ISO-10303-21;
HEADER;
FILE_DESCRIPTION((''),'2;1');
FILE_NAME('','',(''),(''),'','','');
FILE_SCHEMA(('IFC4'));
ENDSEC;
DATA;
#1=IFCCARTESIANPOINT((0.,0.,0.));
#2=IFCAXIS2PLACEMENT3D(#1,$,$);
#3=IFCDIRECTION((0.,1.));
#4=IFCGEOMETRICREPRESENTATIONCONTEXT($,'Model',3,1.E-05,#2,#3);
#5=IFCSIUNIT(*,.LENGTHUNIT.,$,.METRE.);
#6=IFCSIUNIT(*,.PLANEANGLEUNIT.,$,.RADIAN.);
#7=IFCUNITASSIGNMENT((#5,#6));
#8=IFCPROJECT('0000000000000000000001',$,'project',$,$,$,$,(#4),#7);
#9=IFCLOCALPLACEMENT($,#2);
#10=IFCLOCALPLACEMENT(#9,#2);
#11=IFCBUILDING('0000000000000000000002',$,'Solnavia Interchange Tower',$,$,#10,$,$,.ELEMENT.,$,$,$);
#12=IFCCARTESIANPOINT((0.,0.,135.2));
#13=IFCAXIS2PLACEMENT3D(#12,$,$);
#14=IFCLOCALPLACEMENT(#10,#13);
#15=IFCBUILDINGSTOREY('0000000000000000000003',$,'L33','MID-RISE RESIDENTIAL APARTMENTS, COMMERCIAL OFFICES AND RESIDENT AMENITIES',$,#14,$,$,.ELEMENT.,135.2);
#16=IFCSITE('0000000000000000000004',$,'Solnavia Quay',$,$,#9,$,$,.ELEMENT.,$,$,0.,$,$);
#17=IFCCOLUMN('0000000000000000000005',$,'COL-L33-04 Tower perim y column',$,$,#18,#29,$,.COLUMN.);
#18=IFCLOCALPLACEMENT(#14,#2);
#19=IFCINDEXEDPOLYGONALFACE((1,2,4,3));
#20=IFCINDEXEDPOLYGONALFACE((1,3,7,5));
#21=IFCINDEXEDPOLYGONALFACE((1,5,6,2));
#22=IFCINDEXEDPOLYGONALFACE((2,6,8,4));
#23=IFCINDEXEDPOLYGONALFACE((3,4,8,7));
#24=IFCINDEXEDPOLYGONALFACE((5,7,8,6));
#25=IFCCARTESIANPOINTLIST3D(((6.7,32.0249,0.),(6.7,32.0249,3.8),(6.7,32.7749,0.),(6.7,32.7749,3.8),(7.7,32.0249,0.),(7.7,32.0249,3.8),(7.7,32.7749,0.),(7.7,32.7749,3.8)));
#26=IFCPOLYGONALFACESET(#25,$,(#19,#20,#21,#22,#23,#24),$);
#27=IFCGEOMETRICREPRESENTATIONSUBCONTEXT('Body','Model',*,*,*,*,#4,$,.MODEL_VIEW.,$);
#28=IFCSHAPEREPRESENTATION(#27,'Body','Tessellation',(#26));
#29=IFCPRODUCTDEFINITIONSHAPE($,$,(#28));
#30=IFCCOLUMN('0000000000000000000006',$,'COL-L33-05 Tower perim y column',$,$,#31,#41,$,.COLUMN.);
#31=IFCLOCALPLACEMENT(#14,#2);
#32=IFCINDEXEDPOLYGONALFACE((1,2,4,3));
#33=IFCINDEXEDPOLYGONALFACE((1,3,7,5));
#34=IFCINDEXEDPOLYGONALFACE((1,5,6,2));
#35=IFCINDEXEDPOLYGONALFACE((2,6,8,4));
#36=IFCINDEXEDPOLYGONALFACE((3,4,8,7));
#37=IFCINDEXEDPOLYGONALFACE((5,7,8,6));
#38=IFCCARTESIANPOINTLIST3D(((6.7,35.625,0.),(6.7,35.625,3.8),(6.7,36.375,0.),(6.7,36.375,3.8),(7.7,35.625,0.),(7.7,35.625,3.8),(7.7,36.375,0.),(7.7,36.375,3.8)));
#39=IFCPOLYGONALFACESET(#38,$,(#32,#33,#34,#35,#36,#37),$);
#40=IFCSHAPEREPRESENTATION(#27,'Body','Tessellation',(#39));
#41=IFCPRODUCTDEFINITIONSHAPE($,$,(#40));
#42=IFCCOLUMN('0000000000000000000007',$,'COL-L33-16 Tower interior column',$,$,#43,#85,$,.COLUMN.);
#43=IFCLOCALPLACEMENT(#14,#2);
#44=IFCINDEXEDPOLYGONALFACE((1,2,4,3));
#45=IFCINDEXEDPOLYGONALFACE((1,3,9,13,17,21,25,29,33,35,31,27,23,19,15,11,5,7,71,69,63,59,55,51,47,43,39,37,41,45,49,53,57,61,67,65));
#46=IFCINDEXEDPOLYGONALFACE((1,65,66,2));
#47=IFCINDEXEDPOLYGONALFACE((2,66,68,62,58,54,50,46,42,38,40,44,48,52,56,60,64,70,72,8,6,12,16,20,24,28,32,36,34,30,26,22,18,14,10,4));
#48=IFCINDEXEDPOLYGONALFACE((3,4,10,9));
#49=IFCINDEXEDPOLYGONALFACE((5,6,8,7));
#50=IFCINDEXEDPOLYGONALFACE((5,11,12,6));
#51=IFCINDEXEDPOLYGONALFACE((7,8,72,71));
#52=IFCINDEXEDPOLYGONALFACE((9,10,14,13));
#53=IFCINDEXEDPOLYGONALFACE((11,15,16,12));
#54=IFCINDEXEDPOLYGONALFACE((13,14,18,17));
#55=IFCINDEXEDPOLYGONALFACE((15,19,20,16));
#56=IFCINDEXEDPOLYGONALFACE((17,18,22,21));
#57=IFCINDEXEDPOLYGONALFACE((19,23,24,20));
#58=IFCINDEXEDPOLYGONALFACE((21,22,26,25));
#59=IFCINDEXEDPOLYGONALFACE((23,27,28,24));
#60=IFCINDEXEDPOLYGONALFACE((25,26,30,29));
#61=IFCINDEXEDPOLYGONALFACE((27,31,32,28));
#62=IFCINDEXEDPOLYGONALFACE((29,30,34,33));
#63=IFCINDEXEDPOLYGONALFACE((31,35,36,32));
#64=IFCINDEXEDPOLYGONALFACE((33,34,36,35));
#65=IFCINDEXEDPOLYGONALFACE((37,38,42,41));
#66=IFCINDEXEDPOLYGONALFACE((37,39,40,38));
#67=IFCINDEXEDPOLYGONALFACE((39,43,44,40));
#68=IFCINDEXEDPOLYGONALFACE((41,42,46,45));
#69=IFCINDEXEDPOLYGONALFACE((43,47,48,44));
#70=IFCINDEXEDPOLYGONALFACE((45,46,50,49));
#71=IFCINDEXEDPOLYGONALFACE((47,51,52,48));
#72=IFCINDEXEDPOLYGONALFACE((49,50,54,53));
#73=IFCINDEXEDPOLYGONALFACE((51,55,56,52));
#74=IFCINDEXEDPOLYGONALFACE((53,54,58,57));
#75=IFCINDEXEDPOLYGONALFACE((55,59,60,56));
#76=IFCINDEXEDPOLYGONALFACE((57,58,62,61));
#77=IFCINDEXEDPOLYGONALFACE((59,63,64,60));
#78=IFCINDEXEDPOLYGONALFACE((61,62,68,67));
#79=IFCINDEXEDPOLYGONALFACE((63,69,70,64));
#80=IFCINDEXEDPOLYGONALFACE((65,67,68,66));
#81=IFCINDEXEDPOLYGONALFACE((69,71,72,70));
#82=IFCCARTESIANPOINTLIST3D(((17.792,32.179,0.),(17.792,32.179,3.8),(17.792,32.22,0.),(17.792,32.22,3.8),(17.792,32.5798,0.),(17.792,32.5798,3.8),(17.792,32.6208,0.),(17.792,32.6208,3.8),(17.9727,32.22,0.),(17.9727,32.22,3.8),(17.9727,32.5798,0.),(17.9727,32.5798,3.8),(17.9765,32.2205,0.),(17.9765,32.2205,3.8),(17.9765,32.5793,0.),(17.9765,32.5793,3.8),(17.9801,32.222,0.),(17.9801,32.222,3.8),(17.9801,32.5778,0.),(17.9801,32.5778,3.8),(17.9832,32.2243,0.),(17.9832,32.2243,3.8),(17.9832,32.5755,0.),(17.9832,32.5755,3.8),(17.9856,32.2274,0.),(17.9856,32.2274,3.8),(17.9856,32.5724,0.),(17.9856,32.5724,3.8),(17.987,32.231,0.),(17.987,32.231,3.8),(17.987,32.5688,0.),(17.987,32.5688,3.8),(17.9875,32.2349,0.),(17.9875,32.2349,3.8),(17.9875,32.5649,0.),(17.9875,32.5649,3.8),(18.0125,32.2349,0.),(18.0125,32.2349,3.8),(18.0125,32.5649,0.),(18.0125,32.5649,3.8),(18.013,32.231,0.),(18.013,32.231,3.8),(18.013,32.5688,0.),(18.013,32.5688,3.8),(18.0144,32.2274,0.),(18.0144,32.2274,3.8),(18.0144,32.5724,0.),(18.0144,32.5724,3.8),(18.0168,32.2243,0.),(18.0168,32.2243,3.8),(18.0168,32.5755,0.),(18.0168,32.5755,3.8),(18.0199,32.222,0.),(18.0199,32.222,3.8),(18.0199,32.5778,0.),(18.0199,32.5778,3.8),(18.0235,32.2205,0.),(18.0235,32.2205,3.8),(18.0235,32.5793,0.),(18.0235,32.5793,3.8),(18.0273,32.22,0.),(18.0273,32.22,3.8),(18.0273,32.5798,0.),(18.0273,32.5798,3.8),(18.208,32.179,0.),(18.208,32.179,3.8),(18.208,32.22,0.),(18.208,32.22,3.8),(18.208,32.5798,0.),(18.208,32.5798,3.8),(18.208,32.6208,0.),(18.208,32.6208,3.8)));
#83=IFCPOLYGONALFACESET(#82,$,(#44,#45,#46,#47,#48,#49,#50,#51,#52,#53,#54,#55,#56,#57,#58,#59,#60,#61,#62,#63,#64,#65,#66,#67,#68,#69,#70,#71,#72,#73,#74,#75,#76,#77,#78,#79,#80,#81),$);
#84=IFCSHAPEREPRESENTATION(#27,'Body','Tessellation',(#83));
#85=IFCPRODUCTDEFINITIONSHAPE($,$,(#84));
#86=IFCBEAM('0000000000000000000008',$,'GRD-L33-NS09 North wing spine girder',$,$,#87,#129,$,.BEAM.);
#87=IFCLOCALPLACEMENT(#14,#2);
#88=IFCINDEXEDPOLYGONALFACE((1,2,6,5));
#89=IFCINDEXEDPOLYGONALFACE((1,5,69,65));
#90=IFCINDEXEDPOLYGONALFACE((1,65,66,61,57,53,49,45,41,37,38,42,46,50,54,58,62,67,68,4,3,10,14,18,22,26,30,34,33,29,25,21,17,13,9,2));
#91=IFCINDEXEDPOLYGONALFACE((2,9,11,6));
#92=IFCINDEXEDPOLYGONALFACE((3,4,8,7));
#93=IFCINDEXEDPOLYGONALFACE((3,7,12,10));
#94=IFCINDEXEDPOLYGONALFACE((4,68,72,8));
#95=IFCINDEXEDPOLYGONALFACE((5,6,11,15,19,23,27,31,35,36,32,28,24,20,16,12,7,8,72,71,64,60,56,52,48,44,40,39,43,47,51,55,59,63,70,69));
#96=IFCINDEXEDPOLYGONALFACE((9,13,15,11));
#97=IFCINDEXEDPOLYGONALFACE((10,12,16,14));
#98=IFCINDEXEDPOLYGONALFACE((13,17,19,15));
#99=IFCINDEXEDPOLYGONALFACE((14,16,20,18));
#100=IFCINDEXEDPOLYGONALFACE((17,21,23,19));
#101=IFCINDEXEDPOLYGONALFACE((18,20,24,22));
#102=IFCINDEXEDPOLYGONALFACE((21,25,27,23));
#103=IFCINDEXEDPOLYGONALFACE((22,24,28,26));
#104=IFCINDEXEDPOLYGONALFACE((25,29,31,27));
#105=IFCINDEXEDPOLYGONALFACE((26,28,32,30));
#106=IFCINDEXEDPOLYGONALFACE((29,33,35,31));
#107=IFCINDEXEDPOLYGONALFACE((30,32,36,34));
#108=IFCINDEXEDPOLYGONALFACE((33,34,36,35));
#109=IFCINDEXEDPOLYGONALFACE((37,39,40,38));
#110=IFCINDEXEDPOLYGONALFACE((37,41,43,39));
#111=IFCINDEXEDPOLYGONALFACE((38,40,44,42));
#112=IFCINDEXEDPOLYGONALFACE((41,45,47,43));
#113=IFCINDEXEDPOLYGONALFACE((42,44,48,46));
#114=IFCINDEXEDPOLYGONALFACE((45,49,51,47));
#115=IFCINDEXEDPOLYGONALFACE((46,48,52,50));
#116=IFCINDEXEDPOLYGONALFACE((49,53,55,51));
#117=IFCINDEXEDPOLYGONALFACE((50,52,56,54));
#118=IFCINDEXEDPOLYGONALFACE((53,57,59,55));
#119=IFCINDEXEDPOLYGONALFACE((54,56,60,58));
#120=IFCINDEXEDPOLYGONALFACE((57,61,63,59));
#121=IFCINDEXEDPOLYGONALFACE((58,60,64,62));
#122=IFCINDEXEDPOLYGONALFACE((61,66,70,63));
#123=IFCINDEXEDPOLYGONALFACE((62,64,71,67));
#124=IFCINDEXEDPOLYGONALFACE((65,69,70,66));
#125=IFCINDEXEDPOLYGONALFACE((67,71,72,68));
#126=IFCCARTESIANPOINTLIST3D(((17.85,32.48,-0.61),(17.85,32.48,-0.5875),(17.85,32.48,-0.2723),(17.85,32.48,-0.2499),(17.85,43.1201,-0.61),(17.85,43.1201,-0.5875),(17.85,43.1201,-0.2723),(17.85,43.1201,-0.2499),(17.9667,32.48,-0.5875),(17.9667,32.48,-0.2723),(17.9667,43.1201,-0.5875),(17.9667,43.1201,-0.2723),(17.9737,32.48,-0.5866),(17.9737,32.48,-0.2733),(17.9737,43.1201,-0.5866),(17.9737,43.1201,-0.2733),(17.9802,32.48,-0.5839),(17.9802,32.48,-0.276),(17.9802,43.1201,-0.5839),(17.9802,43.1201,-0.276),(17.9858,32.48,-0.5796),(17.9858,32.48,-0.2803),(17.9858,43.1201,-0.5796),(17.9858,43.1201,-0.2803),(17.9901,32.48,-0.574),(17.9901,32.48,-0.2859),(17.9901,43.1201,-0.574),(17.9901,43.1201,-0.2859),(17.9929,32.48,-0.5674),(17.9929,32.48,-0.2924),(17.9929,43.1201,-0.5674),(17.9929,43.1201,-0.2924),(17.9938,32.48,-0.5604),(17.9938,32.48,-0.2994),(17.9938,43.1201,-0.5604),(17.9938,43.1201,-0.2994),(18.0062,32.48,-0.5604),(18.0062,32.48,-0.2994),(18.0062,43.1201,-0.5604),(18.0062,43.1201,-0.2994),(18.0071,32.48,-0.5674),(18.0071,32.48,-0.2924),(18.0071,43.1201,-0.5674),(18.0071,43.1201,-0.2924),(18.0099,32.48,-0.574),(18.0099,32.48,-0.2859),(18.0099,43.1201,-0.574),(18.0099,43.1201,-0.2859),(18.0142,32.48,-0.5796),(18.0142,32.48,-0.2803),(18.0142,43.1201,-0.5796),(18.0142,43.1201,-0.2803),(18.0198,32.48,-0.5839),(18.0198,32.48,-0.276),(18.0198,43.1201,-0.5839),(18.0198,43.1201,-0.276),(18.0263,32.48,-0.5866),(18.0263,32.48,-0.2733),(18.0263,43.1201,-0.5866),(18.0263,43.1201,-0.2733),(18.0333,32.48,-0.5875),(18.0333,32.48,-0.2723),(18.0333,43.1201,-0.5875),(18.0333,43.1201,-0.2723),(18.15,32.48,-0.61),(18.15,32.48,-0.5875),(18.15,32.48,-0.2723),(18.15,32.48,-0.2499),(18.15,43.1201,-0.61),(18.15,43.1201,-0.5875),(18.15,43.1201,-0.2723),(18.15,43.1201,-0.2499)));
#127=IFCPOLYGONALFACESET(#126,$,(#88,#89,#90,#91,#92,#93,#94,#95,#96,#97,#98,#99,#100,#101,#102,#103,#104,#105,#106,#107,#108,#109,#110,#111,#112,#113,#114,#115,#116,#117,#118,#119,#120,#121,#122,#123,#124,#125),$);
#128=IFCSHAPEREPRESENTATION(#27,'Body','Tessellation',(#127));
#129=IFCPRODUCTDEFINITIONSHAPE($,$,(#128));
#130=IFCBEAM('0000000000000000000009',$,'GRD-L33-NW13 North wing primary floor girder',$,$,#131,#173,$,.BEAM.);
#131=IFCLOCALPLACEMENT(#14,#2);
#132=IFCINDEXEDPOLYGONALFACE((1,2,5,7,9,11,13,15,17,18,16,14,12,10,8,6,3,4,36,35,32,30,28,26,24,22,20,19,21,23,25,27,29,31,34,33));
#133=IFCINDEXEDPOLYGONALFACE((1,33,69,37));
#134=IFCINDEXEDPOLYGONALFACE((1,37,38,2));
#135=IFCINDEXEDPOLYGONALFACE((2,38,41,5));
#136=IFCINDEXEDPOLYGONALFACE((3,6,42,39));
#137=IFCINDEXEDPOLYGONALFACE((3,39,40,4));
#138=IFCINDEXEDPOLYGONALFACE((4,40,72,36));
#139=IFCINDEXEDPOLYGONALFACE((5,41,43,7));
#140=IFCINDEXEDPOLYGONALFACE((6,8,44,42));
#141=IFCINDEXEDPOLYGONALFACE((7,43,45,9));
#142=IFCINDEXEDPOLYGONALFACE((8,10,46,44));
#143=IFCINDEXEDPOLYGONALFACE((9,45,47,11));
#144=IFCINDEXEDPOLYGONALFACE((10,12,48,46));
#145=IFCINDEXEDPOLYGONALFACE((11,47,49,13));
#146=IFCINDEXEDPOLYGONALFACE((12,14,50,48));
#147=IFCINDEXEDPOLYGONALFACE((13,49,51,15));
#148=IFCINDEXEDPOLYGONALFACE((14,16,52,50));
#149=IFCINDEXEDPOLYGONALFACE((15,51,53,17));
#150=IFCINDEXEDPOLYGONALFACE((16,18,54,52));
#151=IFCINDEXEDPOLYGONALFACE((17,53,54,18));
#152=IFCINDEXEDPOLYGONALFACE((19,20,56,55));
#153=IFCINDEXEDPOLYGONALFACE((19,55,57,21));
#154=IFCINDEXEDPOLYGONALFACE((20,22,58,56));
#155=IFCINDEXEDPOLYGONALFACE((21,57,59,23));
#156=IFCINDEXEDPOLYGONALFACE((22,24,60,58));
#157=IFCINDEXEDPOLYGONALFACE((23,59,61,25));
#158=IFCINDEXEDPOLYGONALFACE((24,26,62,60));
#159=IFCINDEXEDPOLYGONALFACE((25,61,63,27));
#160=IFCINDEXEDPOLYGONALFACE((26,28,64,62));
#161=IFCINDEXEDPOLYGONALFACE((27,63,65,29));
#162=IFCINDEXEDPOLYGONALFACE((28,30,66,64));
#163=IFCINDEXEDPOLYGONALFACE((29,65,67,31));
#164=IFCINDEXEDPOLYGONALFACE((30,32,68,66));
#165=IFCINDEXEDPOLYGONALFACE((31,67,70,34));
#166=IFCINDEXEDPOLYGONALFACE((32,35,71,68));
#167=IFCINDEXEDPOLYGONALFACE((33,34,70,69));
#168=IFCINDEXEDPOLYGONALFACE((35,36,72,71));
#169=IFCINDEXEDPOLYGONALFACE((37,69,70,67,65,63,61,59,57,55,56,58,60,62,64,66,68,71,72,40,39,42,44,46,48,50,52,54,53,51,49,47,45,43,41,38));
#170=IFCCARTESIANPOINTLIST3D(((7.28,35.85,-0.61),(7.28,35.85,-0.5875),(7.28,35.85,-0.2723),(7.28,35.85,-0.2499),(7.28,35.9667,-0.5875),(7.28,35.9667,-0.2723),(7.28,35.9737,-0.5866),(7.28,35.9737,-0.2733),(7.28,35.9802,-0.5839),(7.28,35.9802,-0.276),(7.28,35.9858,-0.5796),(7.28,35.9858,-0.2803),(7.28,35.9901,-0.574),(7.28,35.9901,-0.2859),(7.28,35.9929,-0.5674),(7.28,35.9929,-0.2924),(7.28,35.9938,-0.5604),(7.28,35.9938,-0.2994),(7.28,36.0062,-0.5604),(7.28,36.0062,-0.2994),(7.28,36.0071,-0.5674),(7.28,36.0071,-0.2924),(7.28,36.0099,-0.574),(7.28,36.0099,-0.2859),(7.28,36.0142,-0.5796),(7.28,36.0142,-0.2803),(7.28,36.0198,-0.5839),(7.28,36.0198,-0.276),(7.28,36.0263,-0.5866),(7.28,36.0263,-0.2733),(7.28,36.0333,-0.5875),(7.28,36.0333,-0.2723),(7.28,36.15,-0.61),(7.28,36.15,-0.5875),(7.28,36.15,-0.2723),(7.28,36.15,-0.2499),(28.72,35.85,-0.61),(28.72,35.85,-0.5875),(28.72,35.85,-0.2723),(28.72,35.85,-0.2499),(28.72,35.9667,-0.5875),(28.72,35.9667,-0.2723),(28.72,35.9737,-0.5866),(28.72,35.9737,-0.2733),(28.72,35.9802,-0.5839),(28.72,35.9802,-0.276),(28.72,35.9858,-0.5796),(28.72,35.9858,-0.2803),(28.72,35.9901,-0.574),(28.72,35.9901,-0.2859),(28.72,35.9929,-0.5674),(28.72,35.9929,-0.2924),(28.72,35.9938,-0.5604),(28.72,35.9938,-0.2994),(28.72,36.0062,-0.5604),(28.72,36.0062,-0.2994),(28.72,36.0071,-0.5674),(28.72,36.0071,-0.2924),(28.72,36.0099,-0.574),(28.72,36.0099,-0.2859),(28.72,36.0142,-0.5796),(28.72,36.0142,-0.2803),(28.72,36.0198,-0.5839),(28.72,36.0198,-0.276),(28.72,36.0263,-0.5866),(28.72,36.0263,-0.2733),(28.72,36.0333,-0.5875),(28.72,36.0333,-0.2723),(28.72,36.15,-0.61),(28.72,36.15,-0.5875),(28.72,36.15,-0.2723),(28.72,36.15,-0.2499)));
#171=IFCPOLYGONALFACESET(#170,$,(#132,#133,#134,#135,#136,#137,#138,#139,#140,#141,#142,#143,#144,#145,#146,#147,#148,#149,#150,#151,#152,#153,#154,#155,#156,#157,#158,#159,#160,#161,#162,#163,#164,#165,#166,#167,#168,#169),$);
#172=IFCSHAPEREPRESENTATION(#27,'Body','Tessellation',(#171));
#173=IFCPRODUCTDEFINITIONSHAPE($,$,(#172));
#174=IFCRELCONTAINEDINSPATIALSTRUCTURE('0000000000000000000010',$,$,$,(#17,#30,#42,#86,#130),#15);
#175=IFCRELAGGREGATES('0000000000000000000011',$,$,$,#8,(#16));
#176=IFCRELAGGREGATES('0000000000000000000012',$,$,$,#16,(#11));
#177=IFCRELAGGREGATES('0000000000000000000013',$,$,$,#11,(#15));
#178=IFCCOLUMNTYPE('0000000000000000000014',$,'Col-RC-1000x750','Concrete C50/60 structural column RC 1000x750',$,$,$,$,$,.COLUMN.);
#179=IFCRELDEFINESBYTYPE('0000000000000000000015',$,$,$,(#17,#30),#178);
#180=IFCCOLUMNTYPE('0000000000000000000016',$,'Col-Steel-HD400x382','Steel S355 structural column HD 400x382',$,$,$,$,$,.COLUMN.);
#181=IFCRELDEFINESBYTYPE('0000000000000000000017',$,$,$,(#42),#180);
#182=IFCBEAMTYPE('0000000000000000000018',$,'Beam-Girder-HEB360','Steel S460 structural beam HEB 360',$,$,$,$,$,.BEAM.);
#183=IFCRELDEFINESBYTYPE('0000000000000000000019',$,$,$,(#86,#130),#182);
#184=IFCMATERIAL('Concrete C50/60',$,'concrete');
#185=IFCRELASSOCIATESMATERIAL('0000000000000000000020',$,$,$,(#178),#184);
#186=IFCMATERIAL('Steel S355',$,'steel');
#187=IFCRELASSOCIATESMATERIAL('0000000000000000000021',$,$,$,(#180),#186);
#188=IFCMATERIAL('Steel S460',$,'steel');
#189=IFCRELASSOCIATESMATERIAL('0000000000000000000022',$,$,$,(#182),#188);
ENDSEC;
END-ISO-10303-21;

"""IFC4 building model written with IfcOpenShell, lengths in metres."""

from ifc_helpers import new_model, si_unit, direction, frame, origin, origin_2d, place, context, subcontext, project, spatial, rectangle, i_section, extrude, material, material_profile, profile_set, type_object, element, save


model = new_model("IFC4")

# Units and contexts
model_context = context("Model", 3, precision=1e-05, world=origin(), true_north=direction((0.0, 1.0)))
body_context = subcontext(model_context, "Body", "Model", "MODEL_VIEW")
ifc_project = project(units=[si_unit("LENGTHUNIT", "METRE"), si_unit("PLANEANGLEUNIT", "RADIAN")], contexts=[model_context])

# Site, building, storey
site_placement = place(None, origin())
site = spatial("IfcSite", under=ifc_project, at=site_placement, Name="Solnavia Quay", CompositionType="ELEMENT", RefElevation=0.0)
building_placement = place(site_placement, origin())
building = spatial("IfcBuilding", under=site, at=building_placement, Name="Solnavia Interchange Tower", CompositionType="ELEMENT")
storey_placement = place(building_placement, frame((0.0, 0.0, 135.2)))
storey = spatial("IfcBuildingStorey", under=building, at=storey_placement, Name="L33", Description="MID-RISE RESIDENTIAL APARTMENTS, COMMERCIAL OFFICES AND RESIDENT AMENITIES", CompositionType="ELEMENT", Elevation=135.2)

# Columns
ifc_material_1 = material(Name="Concrete C50/60", Category="concrete")
ifc_material_profile_1 = material_profile(ifc_material_1, rectangle(XDim=0.75, YDim=1.0, at=origin_2d()), Name="RC 1000x750")
ifc_profile_set_1 = profile_set([ifc_material_profile_1], Name="Concrete C50/60")
column_type_1 = type_object("IfcColumnType", Name="Col-RC-1000x750", Description="Concrete C50/60 structural column RC 1000x750", PredefinedType="COLUMN", material=ifc_profile_set_1)
for number, where, z_axis, x_axis, name in (
    (1, (7.2, 32.3999, 0.0), (0.0, 0.0, 1.0), (0.0, 1.0, 0.0), "COL-L33-04 Tower perim y column"),
    (2, (7.2, 36.0, 0.0), (0.0, 0.0, 1.0), (0.0, 1.0, 0.0), "COL-L33-05 Tower perim y column"),
):
    element("IfcColumn", number, at=place(storey_placement, frame(where, z_axis=z_axis, x_axis=x_axis)), inside=storey, type_object=column_type_1, Name=name, PredefinedType="COLUMN", context=body_context, shape_type="SweptSolid", body=[
        extrude(rectangle(XDim=0.75, YDim=1.0, at=origin_2d()), origin(), (0.0, 0.0, 1.0), 3.8),
    ])
ifc_material_2 = material(Name="Steel S355", Category="steel")
ifc_material_profile_2 = material_profile(ifc_material_2, i_section(OverallWidth=0.416, OverallDepth=0.4419, WebThickness=0.0249, FlangeThickness=0.041, FilletRadius=0.0149, at=origin_2d()), Name="HD 400x382")
ifc_profile_set_2 = profile_set([ifc_material_profile_2], Name="Steel S355")
column_type_2 = type_object("IfcColumnType", Name="Col-Steel-HD400x382", Description="Steel S355 structural column HD 400x382", PredefinedType="COLUMN", material=ifc_profile_set_2)
column_placement = place(storey_placement, frame((18.0, 32.3999, 0.0), z_axis=(0.0, 0.0, 1.0), x_axis=(1.0, 0.0, 0.0)))
element("IfcColumn", 3, at=column_placement, inside=storey, type_object=column_type_2, Name="COL-L33-16 Tower interior column", PredefinedType="COLUMN", context=body_context, shape_type="SweptSolid", body=[
    extrude(i_section(OverallWidth=0.416, OverallDepth=0.4419, WebThickness=0.0249, FlangeThickness=0.041, FilletRadius=0.0149, at=origin_2d()), origin(), (0.0, 0.0, 1.0), 3.8),
])

# Beams
ifc_material_3 = material(Name="Steel S460", Category="steel")
ifc_material_profile_3 = material_profile(ifc_material_3, i_section(OverallWidth=0.3, OverallDepth=0.3601, WebThickness=0.0125, FlangeThickness=0.0225, FilletRadius=0.0271, at=origin_2d()), Name="HEB 360")
ifc_profile_set_3 = profile_set([ifc_material_profile_3], Name="Steel S460")
beam_type_1 = type_object("IfcBeamType", Name="Beam-Girder-HEB360", Description="Steel S460 structural beam HEB 360", PredefinedType="BEAM", material=ifc_profile_set_3)
beam_1_placement = place(storey_placement, frame((18.0, 32.48, -0.4299), z_axis=(0.0, 1.0, 0.0), x_axis=(-1.0, 0.0, 0.0)))
element("IfcBeam", 4, at=beam_1_placement, inside=storey, type_object=beam_type_1, Name="GRD-L33-NS09 North wing spine girder", PredefinedType="BEAM", context=body_context, shape_type="SweptSolid", body=[
    extrude(i_section(OverallWidth=0.3, OverallDepth=0.3601, WebThickness=0.0125, FlangeThickness=0.0225, FilletRadius=0.0271, at=origin_2d()), origin(), (0.0, 0.0, 1.0), 10.6401),
])
beam_2_placement = place(storey_placement, frame((7.28, 36.0, -0.4299), z_axis=(1.0, 0.0, 0.0), x_axis=(0.0, 1.0, 0.0)))
element("IfcBeam", 5, at=beam_2_placement, inside=storey, type_object=beam_type_1, Name="GRD-L33-NW13 North wing primary floor girder", PredefinedType="BEAM", context=body_context, shape_type="SweptSolid", body=[
    extrude(i_section(OverallWidth=0.3, OverallDepth=0.3601, WebThickness=0.0125, FlangeThickness=0.0225, FilletRadius=0.0271, at=origin_2d()), origin(), (0.0, 0.0, 1.0), 21.4399),
])

save(model, "model.ifc")
